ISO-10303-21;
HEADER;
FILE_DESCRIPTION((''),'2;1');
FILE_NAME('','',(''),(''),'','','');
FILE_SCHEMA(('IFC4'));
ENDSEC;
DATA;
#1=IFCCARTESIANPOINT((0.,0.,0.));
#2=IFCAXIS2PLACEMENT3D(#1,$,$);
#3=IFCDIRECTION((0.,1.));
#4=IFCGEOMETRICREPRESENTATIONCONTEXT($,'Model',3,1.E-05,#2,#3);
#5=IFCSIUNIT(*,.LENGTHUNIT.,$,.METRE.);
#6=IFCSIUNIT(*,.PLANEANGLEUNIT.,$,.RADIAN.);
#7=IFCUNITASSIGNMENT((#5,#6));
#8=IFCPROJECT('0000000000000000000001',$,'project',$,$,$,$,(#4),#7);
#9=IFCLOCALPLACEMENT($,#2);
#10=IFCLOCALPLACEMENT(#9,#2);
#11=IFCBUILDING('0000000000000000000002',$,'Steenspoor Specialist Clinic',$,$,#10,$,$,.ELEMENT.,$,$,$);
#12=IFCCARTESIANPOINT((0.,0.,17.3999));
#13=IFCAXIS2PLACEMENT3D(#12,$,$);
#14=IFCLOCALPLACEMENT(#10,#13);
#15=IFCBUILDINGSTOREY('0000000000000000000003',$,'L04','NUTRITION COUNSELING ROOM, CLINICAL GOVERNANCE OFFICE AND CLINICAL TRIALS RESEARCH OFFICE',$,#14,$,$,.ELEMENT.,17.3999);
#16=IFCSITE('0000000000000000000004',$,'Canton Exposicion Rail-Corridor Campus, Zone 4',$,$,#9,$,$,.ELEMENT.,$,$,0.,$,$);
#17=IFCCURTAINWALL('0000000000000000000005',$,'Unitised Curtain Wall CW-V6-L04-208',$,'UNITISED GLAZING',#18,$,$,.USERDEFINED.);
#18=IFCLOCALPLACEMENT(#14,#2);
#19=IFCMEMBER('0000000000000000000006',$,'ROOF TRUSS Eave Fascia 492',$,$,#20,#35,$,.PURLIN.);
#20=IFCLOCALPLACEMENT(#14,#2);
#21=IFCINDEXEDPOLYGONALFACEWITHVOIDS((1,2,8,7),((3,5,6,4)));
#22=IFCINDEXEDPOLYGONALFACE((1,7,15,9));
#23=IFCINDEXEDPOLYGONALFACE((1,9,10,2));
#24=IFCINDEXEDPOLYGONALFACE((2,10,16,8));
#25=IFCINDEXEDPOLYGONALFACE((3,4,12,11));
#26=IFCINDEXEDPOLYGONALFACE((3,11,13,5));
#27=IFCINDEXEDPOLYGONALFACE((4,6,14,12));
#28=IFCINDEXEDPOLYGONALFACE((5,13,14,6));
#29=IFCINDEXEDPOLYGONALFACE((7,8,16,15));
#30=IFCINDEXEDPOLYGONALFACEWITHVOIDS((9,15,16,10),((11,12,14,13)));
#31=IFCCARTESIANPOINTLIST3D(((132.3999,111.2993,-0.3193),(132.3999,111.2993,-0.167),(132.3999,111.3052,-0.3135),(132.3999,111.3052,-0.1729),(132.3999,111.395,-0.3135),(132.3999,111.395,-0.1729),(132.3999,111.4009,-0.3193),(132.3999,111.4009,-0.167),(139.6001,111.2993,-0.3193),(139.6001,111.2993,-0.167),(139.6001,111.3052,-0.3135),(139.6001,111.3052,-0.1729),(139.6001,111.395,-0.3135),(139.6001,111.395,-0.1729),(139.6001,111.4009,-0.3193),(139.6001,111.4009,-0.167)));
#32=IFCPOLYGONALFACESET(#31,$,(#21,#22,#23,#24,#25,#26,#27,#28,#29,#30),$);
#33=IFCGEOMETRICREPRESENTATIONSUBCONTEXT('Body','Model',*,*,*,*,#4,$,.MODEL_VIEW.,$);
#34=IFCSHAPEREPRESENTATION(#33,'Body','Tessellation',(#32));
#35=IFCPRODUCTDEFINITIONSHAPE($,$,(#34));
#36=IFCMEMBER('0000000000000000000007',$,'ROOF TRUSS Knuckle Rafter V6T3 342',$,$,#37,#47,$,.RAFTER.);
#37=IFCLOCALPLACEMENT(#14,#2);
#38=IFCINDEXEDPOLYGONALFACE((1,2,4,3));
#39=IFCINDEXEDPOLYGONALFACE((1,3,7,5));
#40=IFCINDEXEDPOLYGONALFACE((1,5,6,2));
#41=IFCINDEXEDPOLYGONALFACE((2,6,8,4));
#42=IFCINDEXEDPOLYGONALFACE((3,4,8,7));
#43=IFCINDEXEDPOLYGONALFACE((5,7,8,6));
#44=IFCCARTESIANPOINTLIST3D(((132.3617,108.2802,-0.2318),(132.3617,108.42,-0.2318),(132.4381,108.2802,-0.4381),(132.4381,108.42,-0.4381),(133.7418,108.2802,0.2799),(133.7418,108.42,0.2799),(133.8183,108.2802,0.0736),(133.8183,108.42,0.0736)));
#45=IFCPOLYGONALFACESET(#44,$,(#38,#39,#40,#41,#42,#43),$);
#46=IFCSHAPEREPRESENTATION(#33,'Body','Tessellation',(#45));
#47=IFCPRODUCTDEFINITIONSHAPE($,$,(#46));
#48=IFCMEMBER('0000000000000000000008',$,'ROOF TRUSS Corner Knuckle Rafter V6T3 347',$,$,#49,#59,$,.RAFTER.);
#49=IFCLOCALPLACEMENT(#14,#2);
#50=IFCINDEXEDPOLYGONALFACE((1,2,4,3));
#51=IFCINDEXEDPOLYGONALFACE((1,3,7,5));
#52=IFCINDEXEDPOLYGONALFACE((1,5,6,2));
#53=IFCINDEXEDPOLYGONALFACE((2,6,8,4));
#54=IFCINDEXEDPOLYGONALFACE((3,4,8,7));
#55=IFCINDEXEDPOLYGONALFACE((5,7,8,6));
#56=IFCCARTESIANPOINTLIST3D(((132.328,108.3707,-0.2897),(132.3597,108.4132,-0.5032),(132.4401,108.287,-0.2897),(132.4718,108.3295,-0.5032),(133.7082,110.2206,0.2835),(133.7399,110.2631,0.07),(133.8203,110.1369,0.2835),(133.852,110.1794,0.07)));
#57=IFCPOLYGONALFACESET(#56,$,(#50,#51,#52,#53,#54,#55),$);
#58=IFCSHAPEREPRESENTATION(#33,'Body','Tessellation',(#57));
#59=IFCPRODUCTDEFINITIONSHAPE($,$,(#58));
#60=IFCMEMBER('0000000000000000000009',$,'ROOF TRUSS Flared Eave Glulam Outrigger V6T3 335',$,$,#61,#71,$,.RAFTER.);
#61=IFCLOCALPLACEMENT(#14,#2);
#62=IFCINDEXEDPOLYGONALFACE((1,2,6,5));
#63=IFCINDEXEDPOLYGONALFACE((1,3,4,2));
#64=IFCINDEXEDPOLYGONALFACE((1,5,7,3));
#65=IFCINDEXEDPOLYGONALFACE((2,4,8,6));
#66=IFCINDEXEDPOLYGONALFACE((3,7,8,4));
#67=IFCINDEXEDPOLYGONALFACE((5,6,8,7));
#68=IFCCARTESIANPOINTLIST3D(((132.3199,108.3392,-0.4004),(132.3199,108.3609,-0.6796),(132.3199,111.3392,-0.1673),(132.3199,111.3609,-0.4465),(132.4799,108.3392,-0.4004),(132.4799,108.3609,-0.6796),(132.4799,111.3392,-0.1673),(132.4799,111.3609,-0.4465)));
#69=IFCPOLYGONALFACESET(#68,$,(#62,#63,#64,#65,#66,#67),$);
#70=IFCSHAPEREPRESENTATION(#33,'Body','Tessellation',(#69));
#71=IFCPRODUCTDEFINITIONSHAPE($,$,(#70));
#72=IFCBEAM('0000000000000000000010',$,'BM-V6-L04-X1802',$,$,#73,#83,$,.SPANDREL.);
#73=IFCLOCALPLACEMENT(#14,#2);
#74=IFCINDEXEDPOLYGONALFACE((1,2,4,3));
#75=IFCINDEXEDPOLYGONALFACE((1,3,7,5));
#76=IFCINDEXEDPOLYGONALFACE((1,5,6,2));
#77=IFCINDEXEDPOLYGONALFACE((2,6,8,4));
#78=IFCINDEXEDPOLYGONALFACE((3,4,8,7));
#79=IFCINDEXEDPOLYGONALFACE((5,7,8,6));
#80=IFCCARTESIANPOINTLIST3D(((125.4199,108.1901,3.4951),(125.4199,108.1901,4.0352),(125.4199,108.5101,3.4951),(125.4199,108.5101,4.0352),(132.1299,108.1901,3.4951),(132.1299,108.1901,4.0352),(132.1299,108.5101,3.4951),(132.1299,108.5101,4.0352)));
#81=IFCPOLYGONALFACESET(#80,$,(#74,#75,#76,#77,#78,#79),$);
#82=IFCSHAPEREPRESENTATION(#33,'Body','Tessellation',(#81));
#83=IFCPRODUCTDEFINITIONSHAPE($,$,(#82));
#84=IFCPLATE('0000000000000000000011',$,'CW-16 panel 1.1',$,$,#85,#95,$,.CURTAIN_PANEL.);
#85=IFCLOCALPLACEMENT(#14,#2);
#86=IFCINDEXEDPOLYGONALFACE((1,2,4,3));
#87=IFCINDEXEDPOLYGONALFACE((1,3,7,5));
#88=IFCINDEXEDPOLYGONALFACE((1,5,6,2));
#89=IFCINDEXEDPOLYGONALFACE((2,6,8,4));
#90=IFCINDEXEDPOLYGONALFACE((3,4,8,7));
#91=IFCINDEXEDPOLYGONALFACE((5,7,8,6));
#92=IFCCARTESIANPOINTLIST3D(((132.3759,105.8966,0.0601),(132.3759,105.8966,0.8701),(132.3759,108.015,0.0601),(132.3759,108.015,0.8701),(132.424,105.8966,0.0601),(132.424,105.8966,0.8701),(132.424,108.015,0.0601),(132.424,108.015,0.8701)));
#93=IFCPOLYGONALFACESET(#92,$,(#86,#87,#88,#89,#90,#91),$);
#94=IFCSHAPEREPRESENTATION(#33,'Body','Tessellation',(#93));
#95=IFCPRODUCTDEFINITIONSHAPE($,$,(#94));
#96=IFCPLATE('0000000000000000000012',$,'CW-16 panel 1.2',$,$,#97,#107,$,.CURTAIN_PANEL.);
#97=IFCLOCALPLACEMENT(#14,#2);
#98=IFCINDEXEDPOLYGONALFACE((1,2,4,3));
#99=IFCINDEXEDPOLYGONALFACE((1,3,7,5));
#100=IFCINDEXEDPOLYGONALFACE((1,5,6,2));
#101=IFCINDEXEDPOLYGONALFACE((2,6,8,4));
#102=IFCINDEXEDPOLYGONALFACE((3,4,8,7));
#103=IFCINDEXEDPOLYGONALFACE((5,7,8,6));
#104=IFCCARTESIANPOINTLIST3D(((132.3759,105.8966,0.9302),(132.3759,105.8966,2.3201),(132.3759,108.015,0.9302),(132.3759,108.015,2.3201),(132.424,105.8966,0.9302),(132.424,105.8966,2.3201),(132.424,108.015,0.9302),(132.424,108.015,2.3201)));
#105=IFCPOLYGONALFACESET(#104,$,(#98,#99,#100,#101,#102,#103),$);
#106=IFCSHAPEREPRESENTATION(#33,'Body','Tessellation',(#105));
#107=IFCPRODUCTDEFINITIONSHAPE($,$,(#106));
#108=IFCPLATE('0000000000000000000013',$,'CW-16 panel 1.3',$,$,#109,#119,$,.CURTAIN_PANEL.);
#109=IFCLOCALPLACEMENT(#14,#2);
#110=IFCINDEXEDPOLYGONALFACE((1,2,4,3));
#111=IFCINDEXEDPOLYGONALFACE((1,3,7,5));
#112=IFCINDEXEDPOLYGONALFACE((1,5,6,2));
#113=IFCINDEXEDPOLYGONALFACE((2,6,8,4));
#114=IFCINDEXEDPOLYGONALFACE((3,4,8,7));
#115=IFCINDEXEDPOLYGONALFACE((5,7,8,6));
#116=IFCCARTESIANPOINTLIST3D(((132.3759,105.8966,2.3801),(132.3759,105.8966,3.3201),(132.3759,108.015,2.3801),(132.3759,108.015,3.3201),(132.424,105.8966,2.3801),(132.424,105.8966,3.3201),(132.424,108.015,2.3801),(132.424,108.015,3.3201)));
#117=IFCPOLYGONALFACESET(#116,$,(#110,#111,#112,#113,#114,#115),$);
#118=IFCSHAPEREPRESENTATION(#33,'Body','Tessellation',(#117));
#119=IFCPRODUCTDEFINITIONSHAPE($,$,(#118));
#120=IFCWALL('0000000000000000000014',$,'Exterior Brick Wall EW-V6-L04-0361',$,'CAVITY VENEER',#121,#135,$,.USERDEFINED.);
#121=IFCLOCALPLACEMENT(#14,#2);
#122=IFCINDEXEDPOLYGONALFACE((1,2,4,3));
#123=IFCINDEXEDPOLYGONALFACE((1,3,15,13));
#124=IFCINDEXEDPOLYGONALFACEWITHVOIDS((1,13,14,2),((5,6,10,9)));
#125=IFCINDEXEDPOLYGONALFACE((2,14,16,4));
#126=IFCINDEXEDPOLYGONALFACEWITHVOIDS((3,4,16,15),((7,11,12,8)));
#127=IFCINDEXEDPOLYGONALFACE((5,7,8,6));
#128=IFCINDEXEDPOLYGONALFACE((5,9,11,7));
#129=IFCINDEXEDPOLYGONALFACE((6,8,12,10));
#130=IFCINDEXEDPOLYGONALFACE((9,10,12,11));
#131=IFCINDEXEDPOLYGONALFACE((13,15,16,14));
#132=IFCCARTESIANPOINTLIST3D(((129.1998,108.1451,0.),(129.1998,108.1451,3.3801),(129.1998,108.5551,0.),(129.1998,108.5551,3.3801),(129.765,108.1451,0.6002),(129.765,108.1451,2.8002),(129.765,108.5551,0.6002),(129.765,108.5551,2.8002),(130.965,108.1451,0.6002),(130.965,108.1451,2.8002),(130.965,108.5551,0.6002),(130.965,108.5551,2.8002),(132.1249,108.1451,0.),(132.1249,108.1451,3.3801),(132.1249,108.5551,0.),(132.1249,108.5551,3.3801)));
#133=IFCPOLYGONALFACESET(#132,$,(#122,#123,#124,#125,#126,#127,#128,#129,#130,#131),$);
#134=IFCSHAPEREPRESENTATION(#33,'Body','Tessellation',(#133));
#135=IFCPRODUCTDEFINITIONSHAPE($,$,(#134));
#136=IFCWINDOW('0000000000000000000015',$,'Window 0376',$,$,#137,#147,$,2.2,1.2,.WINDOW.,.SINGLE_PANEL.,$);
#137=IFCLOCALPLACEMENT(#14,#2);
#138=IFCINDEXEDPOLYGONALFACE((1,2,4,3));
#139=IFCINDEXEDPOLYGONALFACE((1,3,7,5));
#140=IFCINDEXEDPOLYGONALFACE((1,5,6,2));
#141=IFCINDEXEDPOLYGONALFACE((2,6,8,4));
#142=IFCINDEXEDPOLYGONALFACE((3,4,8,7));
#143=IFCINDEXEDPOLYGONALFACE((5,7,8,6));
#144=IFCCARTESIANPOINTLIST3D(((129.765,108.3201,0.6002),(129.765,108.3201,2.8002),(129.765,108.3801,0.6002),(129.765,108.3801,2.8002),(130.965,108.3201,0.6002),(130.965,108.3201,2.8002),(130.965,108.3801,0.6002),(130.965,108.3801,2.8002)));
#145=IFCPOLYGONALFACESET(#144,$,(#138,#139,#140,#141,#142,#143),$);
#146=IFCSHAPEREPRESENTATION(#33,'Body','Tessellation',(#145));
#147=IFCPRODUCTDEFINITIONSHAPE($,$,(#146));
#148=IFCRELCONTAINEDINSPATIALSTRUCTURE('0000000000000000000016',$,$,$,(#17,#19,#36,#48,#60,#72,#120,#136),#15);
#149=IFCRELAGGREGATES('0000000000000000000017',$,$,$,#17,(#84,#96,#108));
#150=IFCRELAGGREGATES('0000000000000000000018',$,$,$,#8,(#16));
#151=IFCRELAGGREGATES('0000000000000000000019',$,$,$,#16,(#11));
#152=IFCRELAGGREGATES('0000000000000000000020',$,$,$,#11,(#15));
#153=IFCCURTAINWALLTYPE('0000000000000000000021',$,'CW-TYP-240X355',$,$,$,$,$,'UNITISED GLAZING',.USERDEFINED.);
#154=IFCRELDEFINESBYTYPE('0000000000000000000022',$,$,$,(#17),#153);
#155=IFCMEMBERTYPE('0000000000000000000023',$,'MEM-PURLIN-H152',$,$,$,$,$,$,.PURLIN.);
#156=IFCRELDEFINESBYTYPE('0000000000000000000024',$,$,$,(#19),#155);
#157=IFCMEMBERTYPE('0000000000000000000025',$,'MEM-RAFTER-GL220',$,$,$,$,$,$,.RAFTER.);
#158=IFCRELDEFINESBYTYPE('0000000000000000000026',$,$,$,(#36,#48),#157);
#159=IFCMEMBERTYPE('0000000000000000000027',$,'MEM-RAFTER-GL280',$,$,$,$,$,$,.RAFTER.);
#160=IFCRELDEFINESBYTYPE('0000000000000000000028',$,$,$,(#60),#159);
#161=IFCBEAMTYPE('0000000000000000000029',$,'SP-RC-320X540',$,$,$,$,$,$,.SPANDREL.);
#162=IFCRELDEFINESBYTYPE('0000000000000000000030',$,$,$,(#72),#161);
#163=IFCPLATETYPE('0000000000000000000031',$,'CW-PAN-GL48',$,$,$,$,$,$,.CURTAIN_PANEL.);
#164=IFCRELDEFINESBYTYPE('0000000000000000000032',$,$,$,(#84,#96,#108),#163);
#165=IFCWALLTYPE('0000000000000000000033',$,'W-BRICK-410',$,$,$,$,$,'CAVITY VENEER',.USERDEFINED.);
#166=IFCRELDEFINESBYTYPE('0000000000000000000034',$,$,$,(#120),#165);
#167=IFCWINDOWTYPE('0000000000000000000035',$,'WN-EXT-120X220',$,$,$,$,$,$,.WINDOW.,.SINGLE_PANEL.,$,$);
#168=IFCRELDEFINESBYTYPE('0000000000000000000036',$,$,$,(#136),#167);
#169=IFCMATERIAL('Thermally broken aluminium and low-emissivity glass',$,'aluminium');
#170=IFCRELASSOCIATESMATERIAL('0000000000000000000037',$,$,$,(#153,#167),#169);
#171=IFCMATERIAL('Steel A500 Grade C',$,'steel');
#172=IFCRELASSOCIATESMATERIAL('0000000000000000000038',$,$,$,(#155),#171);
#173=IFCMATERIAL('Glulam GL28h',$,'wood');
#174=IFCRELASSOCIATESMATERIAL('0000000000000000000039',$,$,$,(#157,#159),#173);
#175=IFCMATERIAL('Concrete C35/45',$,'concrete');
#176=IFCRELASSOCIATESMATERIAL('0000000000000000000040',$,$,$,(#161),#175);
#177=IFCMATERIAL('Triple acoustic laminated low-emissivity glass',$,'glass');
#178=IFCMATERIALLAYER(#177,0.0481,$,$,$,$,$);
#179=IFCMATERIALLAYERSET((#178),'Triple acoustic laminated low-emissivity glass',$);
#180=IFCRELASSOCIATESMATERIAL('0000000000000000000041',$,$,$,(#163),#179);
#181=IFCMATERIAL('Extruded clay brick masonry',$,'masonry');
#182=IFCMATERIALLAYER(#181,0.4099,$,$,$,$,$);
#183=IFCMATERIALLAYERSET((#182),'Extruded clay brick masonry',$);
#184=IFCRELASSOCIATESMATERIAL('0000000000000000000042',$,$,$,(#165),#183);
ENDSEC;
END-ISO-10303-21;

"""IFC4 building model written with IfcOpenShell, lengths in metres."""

from ifc_helpers import new_model, si_unit, direction, frame, frame_2d, origin, origin_2d, place, context, subcontext, project, spatial, rectangle, hollow_rectangle, extrude, material, layer, layer_set, material_profile, profile_set, type_object, element, fill, aggregate, save


model = new_model("IFC4")

# Units and contexts
model_context = context("Model", 3, precision=1e-05, world=origin(), true_north=direction((0.0, 1.0)))
body_context = subcontext(model_context, "Body", "Model", "MODEL_VIEW")
ifc_project = project(units=[si_unit("LENGTHUNIT", "METRE"), si_unit("PLANEANGLEUNIT", "RADIAN")], contexts=[model_context])

# Site, building, storey
site_placement = place(None, origin())
site = spatial("IfcSite", under=ifc_project, at=site_placement, Name="Canton Exposicion Rail-Corridor Campus, Zone 4", CompositionType="ELEMENT", RefElevation=0.0)
building_placement = place(site_placement, origin())
building = spatial("IfcBuilding", under=site, at=building_placement, Name="Steenspoor Specialist Clinic", CompositionType="ELEMENT")
storey_placement = place(building_placement, frame((0.0, 0.0, 17.3999)))
storey = spatial("IfcBuildingStorey", under=building, at=storey_placement, Name="L04", Description="NUTRITION COUNSELING ROOM, CLINICAL GOVERNANCE OFFICE AND CLINICAL TRIALS RESEARCH OFFICE", CompositionType="ELEMENT", Elevation=17.3999)

# Curtain wall
ifc_material_1 = material(Name="Thermally broken aluminium and low-emissivity glass", Category="aluminium")
curtain_wall_type_1 = type_object("IfcCurtainWallType", Name="CW-TYP-240X355", ElementType="UNITISED GLAZING", PredefinedType="USERDEFINED", material=ifc_material_1)
curtain_wall_1_placement = place(storey_placement, origin())
curtain_wall_1 = element("IfcCurtainWall", 1, at=curtain_wall_1_placement, inside=storey, type_object=curtain_wall_type_1, Name="Unitised Curtain Wall CW-V6-L04-208", ObjectType="UNITISED GLAZING", PredefinedType="USERDEFINED")

# Members
ifc_material_2 = material(Name="Steel A500 Grade C", Category="steel")
ifc_material_profile_1 = material_profile(ifc_material_2, hollow_rectangle(XDim=0.1016, YDim=0.1523, WallThickness=0.0059, at=origin_2d()), Name="HSS152X102X6.4")
ifc_profile_set_1 = profile_set([ifc_material_profile_1], Name="Steel A500 Grade C")
member_type_1 = type_object("IfcMemberType", Name="MEM-PURLIN-H152", PredefinedType="PURLIN", material=ifc_profile_set_1)
member_1_placement = place(storey_placement, frame((132.3999, 111.3501, -0.2432), z_axis=(1.0, 0.0, 0.0), x_axis=(0.0, 1.0, 0.0)))
element("IfcMember", 2, at=member_1_placement, inside=storey, type_object=member_type_1, Name="ROOF TRUSS Eave Fascia 492", PredefinedType="PURLIN", context=body_context, shape_type="SweptSolid", body=[
    extrude(hollow_rectangle(XDim=0.1016, YDim=0.1523, WallThickness=0.0059, at=origin_2d()), origin(), (0.0, 0.0, 1.0), 7.2002),
])
ifc_material_3 = material(Name="Glulam GL28h", Category="wood")
ifc_material_profile_2 = material_profile(ifc_material_3, rectangle(XDim=0.1399, YDim=0.22, at=origin_2d()), Name="GL28H-140X220")
ifc_profile_set_2 = profile_set([ifc_material_profile_2], Name="Glulam GL28h")
member_type_2 = type_object("IfcMemberType", Name="MEM-RAFTER-GL220", PredefinedType="RAFTER", material=ifc_profile_set_2)
member_2_placement = place(storey_placement, frame((132.3999, 108.3501, -0.335), z_axis=(0.937625, 0.0, 0.347649), x_axis=(0.0, 1.0, 0.0)))
element("IfcMember", 3, at=member_2_placement, inside=storey, type_object=member_type_2, Name="ROOF TRUSS Knuckle Rafter V6T3 342", PredefinedType="RAFTER", context=body_context, shape_type="SweptSolid", body=[
    extrude(rectangle(XDim=0.1399, YDim=0.22, at=origin_2d()), origin(), (0.0, 0.0, 1.0), 1.4719),
])
member_3_placement = place(storey_placement, frame((132.3999, 108.3501, -0.3965), z_axis=(0.580351, 0.777873, 0.241051), x_axis=(-0.801508, 0.597984, 0.0)))
element("IfcMember", 4, at=member_3_placement, inside=storey, type_object=member_type_2, Name="ROOF TRUSS Corner Knuckle Rafter V6T3 347", PredefinedType="RAFTER", context=body_context, shape_type="SweptSolid", body=[
    extrude(rectangle(XDim=0.1399, YDim=0.22, at=origin_2d()), origin(), (0.0, 0.0, 1.0), 2.3782),
])
ifc_material_profile_3 = material_profile(ifc_material_3, rectangle(XDim=0.1599, YDim=0.28, at=origin_2d()), Name="GL28H-160X280")
ifc_profile_set_3 = profile_set([ifc_material_profile_3], Name="Glulam GL28h")
member_type_3 = type_object("IfcMemberType", Name="MEM-RAFTER-GL280", PredefinedType="RAFTER", material=ifc_profile_set_3)
member_4_placement = place(storey_placement, frame((132.3999, 108.3501, -0.54), z_axis=(0.0, 0.996994, 0.077484), x_axis=(-1.0, 0.0, 0.0)))
element("IfcMember", 5, at=member_4_placement, inside=storey, type_object=member_type_3, Name="ROOF TRUSS Flared Eave Glulam Outrigger V6T3 335", PredefinedType="RAFTER", context=body_context, shape_type="SweptSolid", body=[
    extrude(rectangle(XDim=0.1599, YDim=0.28, at=origin_2d()), origin(), (0.0, 0.0, 1.0), 3.009),
])

# Beam
ifc_material_4 = material(Name="Concrete C35/45", Category="concrete")
ifc_material_profile_4 = material_profile(ifc_material_4, rectangle(XDim=0.3201, YDim=0.54, at=origin_2d()), Name="RC-SP-320X540")
ifc_profile_set_4 = profile_set([ifc_material_profile_4], Name="Concrete C35/45")
beam_type = type_object("IfcBeamType", Name="SP-RC-320X540", PredefinedType="SPANDREL", material=ifc_profile_set_4)
beam_placement = place(storey_placement, frame((125.4199, 108.3501, 3.7651), z_axis=(1.0, 0.0, 0.0), x_axis=(0.0, 1.0, 0.0)))
element("IfcBeam", 6, at=beam_placement, inside=storey, type_object=beam_type, Name="BM-V6-L04-X1802", PredefinedType="SPANDREL", context=body_context, shape_type="SweptSolid", body=[
    extrude(rectangle(XDim=0.3201, YDim=0.54, at=origin_2d()), origin(), (0.0, 0.0, 1.0), 6.71),
])

# Plates
ifc_material_5 = material(Name="Triple acoustic laminated low-emissivity glass", Category="glass")
ifc_layer_1 = layer(ifc_material_5, 0.0481)
ifc_layer_set_1 = layer_set([ifc_layer_1], Name="Triple acoustic laminated low-emissivity glass")
plate_type = type_object("IfcPlateType", Name="CW-PAN-GL48", PredefinedType="CURTAIN_PANEL", material=ifc_layer_set_1)
plate_1_placement = place(storey_placement, frame((132.3999, 106.9558, 0.0601), z_axis=(0.0, 0.0, 1.0), x_axis=(0.0, -1.0, 0.0)))
plate_1 = element("IfcPlate", 7, at=plate_1_placement, type_object=plate_type, Name="CW-16 panel 1.1", PredefinedType="CURTAIN_PANEL", context=body_context, shape_type="SweptSolid", body=[
    extrude(rectangle(XDim=2.1184, YDim=0.0481, at=origin_2d()), origin(), (0.0, 0.0, 1.0), 0.8101),
])
plate_2_placement = place(storey_placement, frame((132.3999, 106.9558, 0.9302), z_axis=(0.0, 0.0, 1.0), x_axis=(0.0, -1.0, 0.0)))
plate_2 = element("IfcPlate", 8, at=plate_2_placement, type_object=plate_type, Name="CW-16 panel 1.2", PredefinedType="CURTAIN_PANEL", context=body_context, shape_type="SweptSolid", body=[
    extrude(rectangle(XDim=2.1184, YDim=0.0481, at=origin_2d()), origin(), (0.0, 0.0, 1.0), 1.3899),
])
plate_3_placement = place(storey_placement, frame((132.3999, 106.9558, 2.3801), z_axis=(0.0, 0.0, 1.0), x_axis=(0.0, -1.0, 0.0)))
plate_3 = element("IfcPlate", 9, at=plate_3_placement, type_object=plate_type, Name="CW-16 panel 1.3", PredefinedType="CURTAIN_PANEL", context=body_context, shape_type="SweptSolid", body=[
    extrude(rectangle(XDim=2.1184, YDim=0.0481, at=origin_2d()), origin(), (0.0, 0.0, 1.0), 0.9399),
])
aggregate(curtain_wall_1, [plate_1, plate_2, plate_3])

# Wall, opening, window
ifc_material_6 = material(Name="Extruded clay brick masonry", Category="masonry")
ifc_layer_2 = layer(ifc_material_6, 0.4099)
ifc_layer_set_2 = layer_set([ifc_layer_2], Name="Extruded clay brick masonry")
wall_type_1 = type_object("IfcWallType", Name="W-BRICK-410", ElementType="CAVITY VENEER", PredefinedType="USERDEFINED", material=ifc_layer_set_2)
wall_1_placement = place(storey_placement, frame((129.2, 108.3501, 0.0), z_axis=(0.0, 0.0, 1.0), x_axis=(1.0, 0.0, 0.0)))
wall_1 = element("IfcWall", 10, at=wall_1_placement, inside=storey, type_object=wall_type_1, Name="Exterior Brick Wall EW-V6-L04-0361", ObjectType="CAVITY VENEER", PredefinedType="USERDEFINED", context=body_context, shape_type="SweptSolid", body=[
    extrude(rectangle(XDim=2.925, YDim=0.4099, at=frame_2d((1.4624, 0.0))), origin(), (0.0, 0.0, 1.0), 3.3801),
])
opening_1_placement = place(wall_1_placement, frame((0.5649, 0.0, 0.6001)))
opening_1 = element("IfcOpeningElement", 11, at=opening_1_placement, cuts=wall_1, PredefinedType="OPENING", context=body_context, shape_type="SweptSolid", body=[
    extrude(rectangle(XDim=1.2, YDim=2.2, at=frame_2d((0.6001, 1.1001))), frame((0.0, 0.2148, 0.0), z_axis=(0.0, -1.0, 0.0), x_axis=(1.0, 0.0, 0.0)), (0.0, 0.0, 1.0), 0.4299),
])
window_type_1 = type_object("IfcWindowType", Name="WN-EXT-120X220", PartitioningType="SINGLE_PANEL", PredefinedType="WINDOW", material=ifc_material_1)
window_1_placement = place(opening_1_placement, origin())
window_1 = element("IfcWindow", 12, at=window_1_placement, inside=storey, type_object=window_type_1, Name="Window 0376", OverallHeight=2.2, OverallWidth=1.2, PartitioningType="SINGLE_PANEL", PredefinedType="WINDOW", context=body_context, shape_type="SweptSolid", body=[
    extrude(rectangle(XDim=1.2, YDim=2.2, at=frame_2d((0.6001, 1.1001))), frame((0.0, 0.03, 0.0), z_axis=(0.0, -1.0, 0.0), x_axis=(1.0, 0.0, 0.0)), (0.0, 0.0, 1.0), 0.0601),
])
fill(opening_1, window_1)

save(model, "model.ifc")
